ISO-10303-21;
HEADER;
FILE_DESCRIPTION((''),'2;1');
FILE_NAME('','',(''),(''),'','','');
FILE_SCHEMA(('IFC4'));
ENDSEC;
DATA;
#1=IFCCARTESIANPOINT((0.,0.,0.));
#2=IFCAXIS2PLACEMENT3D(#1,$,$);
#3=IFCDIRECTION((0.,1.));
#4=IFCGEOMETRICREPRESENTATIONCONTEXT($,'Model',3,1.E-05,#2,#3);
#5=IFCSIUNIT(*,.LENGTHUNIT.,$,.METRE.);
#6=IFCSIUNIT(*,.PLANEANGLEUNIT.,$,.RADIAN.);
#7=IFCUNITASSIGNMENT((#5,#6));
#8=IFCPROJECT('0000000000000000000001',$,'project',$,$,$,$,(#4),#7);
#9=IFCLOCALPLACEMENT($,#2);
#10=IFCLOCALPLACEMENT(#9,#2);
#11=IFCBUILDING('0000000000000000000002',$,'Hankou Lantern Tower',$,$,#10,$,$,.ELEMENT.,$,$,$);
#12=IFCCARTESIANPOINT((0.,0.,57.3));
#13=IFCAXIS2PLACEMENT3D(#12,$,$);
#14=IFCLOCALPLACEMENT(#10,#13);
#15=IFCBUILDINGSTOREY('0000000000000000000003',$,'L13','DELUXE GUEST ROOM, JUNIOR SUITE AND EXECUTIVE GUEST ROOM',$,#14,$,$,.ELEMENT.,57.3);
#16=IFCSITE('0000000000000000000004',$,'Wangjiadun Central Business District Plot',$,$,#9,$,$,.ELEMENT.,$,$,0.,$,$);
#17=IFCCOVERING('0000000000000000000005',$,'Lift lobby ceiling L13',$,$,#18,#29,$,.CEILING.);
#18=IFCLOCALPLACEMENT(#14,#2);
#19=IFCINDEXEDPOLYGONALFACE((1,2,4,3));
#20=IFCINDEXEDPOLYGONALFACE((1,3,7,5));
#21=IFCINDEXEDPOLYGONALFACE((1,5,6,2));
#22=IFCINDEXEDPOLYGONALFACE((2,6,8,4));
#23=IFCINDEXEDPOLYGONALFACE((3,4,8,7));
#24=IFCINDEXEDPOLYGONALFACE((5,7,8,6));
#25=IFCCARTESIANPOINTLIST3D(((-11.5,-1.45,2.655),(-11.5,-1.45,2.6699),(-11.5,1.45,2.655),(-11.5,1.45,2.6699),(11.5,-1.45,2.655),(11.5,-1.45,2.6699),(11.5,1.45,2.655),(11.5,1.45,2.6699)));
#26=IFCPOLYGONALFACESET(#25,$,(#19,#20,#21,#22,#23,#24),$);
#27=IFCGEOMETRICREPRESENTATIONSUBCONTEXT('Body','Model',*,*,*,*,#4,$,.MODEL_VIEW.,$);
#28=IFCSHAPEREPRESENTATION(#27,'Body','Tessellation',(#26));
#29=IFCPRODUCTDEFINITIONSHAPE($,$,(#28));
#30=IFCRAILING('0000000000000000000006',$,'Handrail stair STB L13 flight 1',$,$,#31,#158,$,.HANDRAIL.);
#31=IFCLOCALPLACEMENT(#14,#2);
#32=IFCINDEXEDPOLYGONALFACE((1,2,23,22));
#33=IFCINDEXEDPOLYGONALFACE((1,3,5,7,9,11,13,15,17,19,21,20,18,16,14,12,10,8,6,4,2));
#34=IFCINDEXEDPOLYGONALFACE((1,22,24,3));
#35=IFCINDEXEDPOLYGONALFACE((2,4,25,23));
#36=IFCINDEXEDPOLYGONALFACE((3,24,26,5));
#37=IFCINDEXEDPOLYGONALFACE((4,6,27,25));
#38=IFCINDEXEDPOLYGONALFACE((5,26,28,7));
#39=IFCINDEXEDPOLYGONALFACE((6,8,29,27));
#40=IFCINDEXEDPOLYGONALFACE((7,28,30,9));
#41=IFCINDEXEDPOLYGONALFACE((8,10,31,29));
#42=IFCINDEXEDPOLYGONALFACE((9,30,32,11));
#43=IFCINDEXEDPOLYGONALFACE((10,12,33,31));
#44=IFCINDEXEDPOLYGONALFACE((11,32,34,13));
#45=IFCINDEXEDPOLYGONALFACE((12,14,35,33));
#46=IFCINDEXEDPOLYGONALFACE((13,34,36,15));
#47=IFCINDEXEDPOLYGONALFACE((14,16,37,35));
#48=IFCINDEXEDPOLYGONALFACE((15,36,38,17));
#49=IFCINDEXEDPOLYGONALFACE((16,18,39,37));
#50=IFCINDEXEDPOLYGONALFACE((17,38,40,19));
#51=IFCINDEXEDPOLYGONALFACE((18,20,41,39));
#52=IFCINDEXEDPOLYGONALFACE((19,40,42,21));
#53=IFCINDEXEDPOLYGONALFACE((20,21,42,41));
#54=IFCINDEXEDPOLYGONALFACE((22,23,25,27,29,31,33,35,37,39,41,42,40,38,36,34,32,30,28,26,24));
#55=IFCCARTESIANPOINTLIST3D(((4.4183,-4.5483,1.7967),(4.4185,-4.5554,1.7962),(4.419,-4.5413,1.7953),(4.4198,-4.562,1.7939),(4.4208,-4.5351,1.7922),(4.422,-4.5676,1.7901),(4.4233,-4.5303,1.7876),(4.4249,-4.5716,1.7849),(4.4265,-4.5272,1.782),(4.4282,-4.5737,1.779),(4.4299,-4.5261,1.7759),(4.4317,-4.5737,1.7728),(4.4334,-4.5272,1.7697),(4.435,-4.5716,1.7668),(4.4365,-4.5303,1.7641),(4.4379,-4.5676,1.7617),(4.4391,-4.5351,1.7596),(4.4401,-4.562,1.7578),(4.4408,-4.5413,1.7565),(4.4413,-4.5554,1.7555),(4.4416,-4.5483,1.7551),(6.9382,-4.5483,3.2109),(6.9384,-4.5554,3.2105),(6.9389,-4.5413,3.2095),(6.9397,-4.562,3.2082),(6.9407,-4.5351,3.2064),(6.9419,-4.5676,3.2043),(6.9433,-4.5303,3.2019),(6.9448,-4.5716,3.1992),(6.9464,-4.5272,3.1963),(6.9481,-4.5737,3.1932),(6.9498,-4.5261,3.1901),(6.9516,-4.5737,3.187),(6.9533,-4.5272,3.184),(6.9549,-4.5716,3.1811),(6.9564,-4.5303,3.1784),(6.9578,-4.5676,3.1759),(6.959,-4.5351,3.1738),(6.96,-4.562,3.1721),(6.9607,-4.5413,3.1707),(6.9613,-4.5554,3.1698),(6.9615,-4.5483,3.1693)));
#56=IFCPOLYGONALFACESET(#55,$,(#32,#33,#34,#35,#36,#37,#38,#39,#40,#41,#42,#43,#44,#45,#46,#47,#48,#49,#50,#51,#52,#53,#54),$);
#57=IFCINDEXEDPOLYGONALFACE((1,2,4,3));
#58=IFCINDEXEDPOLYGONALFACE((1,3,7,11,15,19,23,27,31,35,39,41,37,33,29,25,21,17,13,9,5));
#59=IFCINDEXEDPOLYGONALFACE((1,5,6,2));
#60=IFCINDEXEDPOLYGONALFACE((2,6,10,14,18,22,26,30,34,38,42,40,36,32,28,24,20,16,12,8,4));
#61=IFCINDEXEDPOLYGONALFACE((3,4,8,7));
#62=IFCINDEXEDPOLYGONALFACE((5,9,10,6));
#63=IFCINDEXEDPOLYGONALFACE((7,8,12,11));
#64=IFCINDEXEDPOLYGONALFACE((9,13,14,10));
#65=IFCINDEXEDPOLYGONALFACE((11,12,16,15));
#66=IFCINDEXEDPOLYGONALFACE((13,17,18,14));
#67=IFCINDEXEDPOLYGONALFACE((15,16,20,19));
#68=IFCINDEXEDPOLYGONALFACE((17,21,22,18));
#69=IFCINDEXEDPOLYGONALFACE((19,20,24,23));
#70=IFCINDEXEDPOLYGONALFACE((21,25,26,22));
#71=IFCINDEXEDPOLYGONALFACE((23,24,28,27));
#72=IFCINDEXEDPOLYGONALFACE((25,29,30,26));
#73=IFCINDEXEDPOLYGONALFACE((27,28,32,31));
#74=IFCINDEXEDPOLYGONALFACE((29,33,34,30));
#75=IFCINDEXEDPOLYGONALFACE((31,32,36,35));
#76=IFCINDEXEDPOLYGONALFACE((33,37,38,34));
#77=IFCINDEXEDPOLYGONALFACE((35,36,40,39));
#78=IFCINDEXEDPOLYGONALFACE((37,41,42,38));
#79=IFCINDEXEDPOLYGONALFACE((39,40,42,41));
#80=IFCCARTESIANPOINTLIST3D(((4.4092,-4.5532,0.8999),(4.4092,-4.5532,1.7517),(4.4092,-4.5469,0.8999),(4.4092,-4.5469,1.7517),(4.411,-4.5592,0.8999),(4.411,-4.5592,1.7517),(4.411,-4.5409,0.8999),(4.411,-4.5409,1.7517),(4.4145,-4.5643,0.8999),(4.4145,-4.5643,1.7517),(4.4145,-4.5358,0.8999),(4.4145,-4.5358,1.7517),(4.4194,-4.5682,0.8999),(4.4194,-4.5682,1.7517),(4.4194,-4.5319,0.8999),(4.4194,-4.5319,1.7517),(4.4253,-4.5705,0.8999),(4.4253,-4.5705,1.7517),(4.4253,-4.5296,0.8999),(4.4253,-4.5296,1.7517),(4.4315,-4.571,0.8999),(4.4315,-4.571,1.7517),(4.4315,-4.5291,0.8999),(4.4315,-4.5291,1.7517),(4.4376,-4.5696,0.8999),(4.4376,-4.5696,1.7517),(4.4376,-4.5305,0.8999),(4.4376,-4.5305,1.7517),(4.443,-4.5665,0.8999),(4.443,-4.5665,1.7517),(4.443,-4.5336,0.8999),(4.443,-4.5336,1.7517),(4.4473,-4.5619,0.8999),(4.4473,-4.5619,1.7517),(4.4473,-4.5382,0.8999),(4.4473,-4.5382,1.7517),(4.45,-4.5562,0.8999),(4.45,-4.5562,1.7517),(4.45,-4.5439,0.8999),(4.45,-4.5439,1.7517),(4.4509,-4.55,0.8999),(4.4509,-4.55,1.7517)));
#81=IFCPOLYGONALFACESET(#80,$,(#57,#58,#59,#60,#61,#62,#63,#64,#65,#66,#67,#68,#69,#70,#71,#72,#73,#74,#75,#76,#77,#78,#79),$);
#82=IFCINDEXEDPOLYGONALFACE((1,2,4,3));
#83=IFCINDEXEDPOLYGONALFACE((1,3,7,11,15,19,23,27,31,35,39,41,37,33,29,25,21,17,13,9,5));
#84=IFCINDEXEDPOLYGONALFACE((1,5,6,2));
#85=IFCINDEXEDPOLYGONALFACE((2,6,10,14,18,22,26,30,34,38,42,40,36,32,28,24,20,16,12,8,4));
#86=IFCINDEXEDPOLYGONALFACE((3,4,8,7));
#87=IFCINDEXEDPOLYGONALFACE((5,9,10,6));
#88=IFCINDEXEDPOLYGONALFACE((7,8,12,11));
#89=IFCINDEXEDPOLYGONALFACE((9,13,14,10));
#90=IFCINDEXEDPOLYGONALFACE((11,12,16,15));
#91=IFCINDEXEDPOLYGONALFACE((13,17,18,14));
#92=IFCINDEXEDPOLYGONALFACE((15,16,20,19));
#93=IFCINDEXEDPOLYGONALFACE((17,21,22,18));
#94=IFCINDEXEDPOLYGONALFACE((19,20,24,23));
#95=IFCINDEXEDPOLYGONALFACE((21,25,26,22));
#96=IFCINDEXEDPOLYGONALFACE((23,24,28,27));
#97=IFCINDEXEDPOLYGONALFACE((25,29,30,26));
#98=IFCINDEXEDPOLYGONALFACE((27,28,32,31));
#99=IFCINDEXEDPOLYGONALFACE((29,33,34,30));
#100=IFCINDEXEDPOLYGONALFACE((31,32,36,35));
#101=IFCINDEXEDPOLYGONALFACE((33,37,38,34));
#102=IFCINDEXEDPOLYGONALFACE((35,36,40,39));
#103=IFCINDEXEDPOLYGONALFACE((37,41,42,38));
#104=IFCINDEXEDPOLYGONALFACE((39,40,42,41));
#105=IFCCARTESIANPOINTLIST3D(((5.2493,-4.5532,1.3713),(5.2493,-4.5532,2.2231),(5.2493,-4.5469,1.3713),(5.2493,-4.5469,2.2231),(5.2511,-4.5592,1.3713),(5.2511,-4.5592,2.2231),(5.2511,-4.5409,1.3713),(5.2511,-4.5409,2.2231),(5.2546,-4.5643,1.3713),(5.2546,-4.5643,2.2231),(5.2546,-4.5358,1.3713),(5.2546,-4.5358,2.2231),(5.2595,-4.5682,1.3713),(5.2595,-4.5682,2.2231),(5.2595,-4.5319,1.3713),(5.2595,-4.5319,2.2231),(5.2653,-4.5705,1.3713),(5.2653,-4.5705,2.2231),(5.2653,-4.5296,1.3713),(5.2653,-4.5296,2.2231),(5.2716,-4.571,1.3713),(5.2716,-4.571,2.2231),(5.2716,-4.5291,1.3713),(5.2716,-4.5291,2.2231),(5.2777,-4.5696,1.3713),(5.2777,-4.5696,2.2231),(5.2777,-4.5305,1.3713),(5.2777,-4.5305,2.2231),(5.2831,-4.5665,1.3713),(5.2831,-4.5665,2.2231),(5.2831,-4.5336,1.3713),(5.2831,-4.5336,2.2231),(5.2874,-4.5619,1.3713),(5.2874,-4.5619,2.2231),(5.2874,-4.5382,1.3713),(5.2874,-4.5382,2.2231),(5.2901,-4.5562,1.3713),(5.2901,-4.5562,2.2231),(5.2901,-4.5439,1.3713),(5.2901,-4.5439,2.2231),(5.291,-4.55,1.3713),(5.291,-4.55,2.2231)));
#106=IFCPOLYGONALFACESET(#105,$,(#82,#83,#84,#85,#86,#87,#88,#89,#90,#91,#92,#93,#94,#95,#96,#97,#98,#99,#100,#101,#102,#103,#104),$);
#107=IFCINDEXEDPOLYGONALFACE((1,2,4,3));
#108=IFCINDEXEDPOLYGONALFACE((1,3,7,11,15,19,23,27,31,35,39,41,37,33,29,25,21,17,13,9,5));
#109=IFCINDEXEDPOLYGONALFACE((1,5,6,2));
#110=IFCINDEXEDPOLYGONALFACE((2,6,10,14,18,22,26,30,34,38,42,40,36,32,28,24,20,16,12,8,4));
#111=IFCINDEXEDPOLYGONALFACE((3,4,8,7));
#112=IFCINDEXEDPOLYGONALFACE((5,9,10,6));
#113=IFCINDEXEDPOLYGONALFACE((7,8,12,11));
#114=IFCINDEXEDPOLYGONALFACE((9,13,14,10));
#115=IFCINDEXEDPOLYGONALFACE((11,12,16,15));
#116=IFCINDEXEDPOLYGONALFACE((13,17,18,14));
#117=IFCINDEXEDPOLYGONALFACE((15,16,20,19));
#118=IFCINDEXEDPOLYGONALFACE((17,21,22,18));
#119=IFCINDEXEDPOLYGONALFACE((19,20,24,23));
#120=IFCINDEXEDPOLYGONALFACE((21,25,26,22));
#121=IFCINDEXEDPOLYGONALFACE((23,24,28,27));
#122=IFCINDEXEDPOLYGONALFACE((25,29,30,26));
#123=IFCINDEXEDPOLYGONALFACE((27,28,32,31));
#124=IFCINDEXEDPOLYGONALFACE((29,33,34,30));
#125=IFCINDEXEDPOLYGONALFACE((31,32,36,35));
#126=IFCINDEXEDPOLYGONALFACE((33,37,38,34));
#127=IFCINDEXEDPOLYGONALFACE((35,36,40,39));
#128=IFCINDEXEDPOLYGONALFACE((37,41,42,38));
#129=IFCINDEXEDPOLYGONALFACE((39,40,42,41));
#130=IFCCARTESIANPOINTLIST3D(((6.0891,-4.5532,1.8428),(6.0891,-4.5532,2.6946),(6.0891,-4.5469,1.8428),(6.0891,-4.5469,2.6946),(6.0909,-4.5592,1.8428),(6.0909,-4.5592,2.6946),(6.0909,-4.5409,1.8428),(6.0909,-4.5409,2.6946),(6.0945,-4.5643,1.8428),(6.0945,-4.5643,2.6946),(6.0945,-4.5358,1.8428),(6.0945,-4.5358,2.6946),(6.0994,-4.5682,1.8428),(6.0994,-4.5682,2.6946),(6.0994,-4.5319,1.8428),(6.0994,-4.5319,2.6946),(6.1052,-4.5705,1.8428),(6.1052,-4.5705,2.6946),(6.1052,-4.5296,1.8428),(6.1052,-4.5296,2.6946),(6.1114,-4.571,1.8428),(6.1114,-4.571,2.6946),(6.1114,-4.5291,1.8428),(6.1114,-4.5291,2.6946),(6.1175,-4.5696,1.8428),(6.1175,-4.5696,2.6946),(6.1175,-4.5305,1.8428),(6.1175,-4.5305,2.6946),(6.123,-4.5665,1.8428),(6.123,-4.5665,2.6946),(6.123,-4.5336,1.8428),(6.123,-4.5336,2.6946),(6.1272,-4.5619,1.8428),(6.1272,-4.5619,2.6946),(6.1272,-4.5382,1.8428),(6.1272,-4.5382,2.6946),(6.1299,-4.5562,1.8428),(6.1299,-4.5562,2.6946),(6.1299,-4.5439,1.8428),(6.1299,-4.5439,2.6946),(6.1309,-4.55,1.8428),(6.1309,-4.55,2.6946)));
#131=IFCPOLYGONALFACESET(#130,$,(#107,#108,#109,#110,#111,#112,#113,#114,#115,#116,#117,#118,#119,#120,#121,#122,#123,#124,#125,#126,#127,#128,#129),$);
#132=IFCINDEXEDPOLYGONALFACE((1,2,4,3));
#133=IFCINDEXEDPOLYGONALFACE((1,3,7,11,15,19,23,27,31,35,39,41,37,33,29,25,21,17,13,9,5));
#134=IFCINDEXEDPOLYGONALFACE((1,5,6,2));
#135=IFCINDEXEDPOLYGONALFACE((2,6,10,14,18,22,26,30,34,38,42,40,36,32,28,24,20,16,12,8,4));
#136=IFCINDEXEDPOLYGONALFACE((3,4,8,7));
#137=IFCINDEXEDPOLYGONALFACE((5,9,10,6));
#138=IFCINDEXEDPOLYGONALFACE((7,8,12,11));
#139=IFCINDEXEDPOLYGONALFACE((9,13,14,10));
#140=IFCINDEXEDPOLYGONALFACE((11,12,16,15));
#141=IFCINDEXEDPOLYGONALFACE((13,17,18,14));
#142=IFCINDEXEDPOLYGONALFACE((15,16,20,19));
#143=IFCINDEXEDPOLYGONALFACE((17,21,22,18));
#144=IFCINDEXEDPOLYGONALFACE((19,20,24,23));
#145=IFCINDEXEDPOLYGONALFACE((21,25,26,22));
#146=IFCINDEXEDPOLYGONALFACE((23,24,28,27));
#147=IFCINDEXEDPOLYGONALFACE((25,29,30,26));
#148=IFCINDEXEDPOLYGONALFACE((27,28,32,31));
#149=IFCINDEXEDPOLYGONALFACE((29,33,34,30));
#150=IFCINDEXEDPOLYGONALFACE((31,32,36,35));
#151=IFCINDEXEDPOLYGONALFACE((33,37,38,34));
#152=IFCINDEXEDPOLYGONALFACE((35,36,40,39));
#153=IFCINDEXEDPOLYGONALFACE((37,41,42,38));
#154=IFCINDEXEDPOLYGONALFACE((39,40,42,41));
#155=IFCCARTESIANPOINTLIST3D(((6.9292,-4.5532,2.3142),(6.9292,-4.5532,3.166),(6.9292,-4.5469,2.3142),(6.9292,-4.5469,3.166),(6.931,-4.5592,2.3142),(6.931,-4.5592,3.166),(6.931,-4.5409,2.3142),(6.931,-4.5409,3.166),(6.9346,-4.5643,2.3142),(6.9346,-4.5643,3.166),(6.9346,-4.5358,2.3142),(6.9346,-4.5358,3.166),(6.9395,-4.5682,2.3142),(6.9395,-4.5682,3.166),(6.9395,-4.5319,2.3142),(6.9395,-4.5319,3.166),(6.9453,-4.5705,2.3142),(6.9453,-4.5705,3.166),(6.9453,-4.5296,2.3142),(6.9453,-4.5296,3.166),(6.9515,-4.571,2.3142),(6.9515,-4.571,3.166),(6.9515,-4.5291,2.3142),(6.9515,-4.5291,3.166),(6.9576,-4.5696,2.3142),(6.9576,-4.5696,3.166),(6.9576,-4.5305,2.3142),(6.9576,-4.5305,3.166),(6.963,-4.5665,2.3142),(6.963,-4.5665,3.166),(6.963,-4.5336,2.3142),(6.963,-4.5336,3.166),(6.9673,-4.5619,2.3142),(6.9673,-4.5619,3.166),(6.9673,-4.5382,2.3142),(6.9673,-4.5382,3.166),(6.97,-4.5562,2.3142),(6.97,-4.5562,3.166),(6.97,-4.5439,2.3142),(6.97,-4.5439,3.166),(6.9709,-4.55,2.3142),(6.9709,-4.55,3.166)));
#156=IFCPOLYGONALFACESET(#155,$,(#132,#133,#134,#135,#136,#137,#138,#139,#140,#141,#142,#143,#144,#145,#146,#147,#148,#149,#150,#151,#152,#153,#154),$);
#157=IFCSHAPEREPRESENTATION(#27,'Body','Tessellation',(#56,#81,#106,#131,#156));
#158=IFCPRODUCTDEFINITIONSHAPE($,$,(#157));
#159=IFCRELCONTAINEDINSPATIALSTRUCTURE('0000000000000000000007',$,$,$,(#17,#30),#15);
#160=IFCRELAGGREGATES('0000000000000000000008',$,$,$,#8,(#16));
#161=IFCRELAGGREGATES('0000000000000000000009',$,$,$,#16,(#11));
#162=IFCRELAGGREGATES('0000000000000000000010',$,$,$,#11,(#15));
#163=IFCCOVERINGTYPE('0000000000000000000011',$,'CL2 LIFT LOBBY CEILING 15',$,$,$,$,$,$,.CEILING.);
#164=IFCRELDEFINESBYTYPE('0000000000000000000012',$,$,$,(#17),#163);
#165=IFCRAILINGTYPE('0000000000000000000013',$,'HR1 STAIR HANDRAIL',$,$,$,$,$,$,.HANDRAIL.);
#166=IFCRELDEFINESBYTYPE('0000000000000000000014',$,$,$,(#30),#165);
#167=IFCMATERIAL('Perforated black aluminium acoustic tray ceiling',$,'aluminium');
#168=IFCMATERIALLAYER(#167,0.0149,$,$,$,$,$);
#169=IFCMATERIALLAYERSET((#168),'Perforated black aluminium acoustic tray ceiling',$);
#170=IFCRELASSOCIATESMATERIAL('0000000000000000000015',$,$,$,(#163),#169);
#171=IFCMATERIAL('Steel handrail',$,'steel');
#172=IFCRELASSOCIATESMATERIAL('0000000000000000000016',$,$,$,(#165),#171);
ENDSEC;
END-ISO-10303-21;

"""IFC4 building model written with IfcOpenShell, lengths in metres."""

from ifc_helpers import new_model, si_unit, direction, frame, origin, origin_2d, place, context, subcontext, project, spatial, polyline, circle, outline, extrude, material, layer, layer_set, type_object, element, save


model = new_model("IFC4")

# Units and contexts
model_context = context("Model", 3, precision=1e-05, world=origin(), true_north=direction((0.0, 1.0)))
body_context = subcontext(model_context, "Body", "Model", "MODEL_VIEW")
ifc_project = project(units=[si_unit("LENGTHUNIT", "METRE"), si_unit("PLANEANGLEUNIT", "RADIAN")], contexts=[model_context])

# Site, building, storey
site_placement = place(None, origin())
site = spatial("IfcSite", under=ifc_project, at=site_placement, Name="Wangjiadun Central Business District Plot", CompositionType="ELEMENT", RefElevation=0.0)
building_placement = place(site_placement, origin())
building = spatial("IfcBuilding", under=site, at=building_placement, Name="Hankou Lantern Tower", CompositionType="ELEMENT")
storey_placement = place(building_placement, frame((0.0, 0.0, 57.3)))
storey = spatial("IfcBuildingStorey", under=building, at=storey_placement, Name="L13", Description="DELUXE GUEST ROOM, JUNIOR SUITE AND EXECUTIVE GUEST ROOM", CompositionType="ELEMENT", Elevation=57.3)

# Covering
ifc_material_1 = material(Name="Perforated black aluminium acoustic tray ceiling", Category="aluminium")
ifc_layer_1 = layer(ifc_material_1, 0.0149)
ifc_layer_set_1 = layer_set([ifc_layer_1], Name="Perforated black aluminium acoustic tray ceiling")
covering_type_1 = type_object("IfcCoveringType", Name="CL2 LIFT LOBBY CEILING 15", PredefinedType="CEILING", material=ifc_layer_set_1)
covering_1_placement = place(storey_placement, frame((0.0, 0.0, 2.655)))
element("IfcCovering", 1, at=covering_1_placement, inside=storey, type_object=covering_type_1, Name="Lift lobby ceiling L13", PredefinedType="CEILING", context=body_context, shape_type="SweptSolid", body=[
    extrude(outline(polyline([(-11.5, -1.45), (11.5, -1.45), (11.5, 1.45), (-11.5, 1.45), (-11.5, -1.45)])), origin(), (0.0, 0.0, 1.0), 0.0149),
])

# Railing
ifc_material_2 = material(Name="Steel handrail", Category="steel")
railing_type = type_object("IfcRailingType", Name="HR1 STAIR HANDRAIL", PredefinedType="HANDRAIL", material=ifc_material_2)
railing_placement = place(storey_placement, frame((4.4299, -4.55, 0.8999)))
element("IfcRailing", 2, at=railing_placement, inside=storey, type_object=railing_type, Name="Handrail stair STB L13 flight 1", PredefinedType="HANDRAIL", context=body_context, shape_type="SweptSolid", body=[
    extrude(circle(Radius=0.0239, at=origin_2d()), frame((0.0, 0.0, 0.876), z_axis=(0.872049, 0.0, 0.489419), x_axis=(0.0, 1.0, 0.0)), (0.0, 0.0, 1.0), 2.8896),
    extrude(circle(Radius=0.021, at=origin_2d()), origin(), (0.0, 0.0, 1.0), 0.8518),
    extrude(circle(Radius=0.021, at=origin_2d()), frame((0.8401, 0.0, 0.4714)), (0.0, 0.0, 1.0), 0.8518),
    extrude(circle(Radius=0.021, at=origin_2d()), frame((1.6799, 0.0, 0.9429)), (0.0, 0.0, 1.0), 0.8518),
    extrude(circle(Radius=0.021, at=origin_2d()), frame((2.52, 0.0, 1.4143)), (0.0, 0.0, 1.0), 0.8518),
])

save(model, "model.ifc")
